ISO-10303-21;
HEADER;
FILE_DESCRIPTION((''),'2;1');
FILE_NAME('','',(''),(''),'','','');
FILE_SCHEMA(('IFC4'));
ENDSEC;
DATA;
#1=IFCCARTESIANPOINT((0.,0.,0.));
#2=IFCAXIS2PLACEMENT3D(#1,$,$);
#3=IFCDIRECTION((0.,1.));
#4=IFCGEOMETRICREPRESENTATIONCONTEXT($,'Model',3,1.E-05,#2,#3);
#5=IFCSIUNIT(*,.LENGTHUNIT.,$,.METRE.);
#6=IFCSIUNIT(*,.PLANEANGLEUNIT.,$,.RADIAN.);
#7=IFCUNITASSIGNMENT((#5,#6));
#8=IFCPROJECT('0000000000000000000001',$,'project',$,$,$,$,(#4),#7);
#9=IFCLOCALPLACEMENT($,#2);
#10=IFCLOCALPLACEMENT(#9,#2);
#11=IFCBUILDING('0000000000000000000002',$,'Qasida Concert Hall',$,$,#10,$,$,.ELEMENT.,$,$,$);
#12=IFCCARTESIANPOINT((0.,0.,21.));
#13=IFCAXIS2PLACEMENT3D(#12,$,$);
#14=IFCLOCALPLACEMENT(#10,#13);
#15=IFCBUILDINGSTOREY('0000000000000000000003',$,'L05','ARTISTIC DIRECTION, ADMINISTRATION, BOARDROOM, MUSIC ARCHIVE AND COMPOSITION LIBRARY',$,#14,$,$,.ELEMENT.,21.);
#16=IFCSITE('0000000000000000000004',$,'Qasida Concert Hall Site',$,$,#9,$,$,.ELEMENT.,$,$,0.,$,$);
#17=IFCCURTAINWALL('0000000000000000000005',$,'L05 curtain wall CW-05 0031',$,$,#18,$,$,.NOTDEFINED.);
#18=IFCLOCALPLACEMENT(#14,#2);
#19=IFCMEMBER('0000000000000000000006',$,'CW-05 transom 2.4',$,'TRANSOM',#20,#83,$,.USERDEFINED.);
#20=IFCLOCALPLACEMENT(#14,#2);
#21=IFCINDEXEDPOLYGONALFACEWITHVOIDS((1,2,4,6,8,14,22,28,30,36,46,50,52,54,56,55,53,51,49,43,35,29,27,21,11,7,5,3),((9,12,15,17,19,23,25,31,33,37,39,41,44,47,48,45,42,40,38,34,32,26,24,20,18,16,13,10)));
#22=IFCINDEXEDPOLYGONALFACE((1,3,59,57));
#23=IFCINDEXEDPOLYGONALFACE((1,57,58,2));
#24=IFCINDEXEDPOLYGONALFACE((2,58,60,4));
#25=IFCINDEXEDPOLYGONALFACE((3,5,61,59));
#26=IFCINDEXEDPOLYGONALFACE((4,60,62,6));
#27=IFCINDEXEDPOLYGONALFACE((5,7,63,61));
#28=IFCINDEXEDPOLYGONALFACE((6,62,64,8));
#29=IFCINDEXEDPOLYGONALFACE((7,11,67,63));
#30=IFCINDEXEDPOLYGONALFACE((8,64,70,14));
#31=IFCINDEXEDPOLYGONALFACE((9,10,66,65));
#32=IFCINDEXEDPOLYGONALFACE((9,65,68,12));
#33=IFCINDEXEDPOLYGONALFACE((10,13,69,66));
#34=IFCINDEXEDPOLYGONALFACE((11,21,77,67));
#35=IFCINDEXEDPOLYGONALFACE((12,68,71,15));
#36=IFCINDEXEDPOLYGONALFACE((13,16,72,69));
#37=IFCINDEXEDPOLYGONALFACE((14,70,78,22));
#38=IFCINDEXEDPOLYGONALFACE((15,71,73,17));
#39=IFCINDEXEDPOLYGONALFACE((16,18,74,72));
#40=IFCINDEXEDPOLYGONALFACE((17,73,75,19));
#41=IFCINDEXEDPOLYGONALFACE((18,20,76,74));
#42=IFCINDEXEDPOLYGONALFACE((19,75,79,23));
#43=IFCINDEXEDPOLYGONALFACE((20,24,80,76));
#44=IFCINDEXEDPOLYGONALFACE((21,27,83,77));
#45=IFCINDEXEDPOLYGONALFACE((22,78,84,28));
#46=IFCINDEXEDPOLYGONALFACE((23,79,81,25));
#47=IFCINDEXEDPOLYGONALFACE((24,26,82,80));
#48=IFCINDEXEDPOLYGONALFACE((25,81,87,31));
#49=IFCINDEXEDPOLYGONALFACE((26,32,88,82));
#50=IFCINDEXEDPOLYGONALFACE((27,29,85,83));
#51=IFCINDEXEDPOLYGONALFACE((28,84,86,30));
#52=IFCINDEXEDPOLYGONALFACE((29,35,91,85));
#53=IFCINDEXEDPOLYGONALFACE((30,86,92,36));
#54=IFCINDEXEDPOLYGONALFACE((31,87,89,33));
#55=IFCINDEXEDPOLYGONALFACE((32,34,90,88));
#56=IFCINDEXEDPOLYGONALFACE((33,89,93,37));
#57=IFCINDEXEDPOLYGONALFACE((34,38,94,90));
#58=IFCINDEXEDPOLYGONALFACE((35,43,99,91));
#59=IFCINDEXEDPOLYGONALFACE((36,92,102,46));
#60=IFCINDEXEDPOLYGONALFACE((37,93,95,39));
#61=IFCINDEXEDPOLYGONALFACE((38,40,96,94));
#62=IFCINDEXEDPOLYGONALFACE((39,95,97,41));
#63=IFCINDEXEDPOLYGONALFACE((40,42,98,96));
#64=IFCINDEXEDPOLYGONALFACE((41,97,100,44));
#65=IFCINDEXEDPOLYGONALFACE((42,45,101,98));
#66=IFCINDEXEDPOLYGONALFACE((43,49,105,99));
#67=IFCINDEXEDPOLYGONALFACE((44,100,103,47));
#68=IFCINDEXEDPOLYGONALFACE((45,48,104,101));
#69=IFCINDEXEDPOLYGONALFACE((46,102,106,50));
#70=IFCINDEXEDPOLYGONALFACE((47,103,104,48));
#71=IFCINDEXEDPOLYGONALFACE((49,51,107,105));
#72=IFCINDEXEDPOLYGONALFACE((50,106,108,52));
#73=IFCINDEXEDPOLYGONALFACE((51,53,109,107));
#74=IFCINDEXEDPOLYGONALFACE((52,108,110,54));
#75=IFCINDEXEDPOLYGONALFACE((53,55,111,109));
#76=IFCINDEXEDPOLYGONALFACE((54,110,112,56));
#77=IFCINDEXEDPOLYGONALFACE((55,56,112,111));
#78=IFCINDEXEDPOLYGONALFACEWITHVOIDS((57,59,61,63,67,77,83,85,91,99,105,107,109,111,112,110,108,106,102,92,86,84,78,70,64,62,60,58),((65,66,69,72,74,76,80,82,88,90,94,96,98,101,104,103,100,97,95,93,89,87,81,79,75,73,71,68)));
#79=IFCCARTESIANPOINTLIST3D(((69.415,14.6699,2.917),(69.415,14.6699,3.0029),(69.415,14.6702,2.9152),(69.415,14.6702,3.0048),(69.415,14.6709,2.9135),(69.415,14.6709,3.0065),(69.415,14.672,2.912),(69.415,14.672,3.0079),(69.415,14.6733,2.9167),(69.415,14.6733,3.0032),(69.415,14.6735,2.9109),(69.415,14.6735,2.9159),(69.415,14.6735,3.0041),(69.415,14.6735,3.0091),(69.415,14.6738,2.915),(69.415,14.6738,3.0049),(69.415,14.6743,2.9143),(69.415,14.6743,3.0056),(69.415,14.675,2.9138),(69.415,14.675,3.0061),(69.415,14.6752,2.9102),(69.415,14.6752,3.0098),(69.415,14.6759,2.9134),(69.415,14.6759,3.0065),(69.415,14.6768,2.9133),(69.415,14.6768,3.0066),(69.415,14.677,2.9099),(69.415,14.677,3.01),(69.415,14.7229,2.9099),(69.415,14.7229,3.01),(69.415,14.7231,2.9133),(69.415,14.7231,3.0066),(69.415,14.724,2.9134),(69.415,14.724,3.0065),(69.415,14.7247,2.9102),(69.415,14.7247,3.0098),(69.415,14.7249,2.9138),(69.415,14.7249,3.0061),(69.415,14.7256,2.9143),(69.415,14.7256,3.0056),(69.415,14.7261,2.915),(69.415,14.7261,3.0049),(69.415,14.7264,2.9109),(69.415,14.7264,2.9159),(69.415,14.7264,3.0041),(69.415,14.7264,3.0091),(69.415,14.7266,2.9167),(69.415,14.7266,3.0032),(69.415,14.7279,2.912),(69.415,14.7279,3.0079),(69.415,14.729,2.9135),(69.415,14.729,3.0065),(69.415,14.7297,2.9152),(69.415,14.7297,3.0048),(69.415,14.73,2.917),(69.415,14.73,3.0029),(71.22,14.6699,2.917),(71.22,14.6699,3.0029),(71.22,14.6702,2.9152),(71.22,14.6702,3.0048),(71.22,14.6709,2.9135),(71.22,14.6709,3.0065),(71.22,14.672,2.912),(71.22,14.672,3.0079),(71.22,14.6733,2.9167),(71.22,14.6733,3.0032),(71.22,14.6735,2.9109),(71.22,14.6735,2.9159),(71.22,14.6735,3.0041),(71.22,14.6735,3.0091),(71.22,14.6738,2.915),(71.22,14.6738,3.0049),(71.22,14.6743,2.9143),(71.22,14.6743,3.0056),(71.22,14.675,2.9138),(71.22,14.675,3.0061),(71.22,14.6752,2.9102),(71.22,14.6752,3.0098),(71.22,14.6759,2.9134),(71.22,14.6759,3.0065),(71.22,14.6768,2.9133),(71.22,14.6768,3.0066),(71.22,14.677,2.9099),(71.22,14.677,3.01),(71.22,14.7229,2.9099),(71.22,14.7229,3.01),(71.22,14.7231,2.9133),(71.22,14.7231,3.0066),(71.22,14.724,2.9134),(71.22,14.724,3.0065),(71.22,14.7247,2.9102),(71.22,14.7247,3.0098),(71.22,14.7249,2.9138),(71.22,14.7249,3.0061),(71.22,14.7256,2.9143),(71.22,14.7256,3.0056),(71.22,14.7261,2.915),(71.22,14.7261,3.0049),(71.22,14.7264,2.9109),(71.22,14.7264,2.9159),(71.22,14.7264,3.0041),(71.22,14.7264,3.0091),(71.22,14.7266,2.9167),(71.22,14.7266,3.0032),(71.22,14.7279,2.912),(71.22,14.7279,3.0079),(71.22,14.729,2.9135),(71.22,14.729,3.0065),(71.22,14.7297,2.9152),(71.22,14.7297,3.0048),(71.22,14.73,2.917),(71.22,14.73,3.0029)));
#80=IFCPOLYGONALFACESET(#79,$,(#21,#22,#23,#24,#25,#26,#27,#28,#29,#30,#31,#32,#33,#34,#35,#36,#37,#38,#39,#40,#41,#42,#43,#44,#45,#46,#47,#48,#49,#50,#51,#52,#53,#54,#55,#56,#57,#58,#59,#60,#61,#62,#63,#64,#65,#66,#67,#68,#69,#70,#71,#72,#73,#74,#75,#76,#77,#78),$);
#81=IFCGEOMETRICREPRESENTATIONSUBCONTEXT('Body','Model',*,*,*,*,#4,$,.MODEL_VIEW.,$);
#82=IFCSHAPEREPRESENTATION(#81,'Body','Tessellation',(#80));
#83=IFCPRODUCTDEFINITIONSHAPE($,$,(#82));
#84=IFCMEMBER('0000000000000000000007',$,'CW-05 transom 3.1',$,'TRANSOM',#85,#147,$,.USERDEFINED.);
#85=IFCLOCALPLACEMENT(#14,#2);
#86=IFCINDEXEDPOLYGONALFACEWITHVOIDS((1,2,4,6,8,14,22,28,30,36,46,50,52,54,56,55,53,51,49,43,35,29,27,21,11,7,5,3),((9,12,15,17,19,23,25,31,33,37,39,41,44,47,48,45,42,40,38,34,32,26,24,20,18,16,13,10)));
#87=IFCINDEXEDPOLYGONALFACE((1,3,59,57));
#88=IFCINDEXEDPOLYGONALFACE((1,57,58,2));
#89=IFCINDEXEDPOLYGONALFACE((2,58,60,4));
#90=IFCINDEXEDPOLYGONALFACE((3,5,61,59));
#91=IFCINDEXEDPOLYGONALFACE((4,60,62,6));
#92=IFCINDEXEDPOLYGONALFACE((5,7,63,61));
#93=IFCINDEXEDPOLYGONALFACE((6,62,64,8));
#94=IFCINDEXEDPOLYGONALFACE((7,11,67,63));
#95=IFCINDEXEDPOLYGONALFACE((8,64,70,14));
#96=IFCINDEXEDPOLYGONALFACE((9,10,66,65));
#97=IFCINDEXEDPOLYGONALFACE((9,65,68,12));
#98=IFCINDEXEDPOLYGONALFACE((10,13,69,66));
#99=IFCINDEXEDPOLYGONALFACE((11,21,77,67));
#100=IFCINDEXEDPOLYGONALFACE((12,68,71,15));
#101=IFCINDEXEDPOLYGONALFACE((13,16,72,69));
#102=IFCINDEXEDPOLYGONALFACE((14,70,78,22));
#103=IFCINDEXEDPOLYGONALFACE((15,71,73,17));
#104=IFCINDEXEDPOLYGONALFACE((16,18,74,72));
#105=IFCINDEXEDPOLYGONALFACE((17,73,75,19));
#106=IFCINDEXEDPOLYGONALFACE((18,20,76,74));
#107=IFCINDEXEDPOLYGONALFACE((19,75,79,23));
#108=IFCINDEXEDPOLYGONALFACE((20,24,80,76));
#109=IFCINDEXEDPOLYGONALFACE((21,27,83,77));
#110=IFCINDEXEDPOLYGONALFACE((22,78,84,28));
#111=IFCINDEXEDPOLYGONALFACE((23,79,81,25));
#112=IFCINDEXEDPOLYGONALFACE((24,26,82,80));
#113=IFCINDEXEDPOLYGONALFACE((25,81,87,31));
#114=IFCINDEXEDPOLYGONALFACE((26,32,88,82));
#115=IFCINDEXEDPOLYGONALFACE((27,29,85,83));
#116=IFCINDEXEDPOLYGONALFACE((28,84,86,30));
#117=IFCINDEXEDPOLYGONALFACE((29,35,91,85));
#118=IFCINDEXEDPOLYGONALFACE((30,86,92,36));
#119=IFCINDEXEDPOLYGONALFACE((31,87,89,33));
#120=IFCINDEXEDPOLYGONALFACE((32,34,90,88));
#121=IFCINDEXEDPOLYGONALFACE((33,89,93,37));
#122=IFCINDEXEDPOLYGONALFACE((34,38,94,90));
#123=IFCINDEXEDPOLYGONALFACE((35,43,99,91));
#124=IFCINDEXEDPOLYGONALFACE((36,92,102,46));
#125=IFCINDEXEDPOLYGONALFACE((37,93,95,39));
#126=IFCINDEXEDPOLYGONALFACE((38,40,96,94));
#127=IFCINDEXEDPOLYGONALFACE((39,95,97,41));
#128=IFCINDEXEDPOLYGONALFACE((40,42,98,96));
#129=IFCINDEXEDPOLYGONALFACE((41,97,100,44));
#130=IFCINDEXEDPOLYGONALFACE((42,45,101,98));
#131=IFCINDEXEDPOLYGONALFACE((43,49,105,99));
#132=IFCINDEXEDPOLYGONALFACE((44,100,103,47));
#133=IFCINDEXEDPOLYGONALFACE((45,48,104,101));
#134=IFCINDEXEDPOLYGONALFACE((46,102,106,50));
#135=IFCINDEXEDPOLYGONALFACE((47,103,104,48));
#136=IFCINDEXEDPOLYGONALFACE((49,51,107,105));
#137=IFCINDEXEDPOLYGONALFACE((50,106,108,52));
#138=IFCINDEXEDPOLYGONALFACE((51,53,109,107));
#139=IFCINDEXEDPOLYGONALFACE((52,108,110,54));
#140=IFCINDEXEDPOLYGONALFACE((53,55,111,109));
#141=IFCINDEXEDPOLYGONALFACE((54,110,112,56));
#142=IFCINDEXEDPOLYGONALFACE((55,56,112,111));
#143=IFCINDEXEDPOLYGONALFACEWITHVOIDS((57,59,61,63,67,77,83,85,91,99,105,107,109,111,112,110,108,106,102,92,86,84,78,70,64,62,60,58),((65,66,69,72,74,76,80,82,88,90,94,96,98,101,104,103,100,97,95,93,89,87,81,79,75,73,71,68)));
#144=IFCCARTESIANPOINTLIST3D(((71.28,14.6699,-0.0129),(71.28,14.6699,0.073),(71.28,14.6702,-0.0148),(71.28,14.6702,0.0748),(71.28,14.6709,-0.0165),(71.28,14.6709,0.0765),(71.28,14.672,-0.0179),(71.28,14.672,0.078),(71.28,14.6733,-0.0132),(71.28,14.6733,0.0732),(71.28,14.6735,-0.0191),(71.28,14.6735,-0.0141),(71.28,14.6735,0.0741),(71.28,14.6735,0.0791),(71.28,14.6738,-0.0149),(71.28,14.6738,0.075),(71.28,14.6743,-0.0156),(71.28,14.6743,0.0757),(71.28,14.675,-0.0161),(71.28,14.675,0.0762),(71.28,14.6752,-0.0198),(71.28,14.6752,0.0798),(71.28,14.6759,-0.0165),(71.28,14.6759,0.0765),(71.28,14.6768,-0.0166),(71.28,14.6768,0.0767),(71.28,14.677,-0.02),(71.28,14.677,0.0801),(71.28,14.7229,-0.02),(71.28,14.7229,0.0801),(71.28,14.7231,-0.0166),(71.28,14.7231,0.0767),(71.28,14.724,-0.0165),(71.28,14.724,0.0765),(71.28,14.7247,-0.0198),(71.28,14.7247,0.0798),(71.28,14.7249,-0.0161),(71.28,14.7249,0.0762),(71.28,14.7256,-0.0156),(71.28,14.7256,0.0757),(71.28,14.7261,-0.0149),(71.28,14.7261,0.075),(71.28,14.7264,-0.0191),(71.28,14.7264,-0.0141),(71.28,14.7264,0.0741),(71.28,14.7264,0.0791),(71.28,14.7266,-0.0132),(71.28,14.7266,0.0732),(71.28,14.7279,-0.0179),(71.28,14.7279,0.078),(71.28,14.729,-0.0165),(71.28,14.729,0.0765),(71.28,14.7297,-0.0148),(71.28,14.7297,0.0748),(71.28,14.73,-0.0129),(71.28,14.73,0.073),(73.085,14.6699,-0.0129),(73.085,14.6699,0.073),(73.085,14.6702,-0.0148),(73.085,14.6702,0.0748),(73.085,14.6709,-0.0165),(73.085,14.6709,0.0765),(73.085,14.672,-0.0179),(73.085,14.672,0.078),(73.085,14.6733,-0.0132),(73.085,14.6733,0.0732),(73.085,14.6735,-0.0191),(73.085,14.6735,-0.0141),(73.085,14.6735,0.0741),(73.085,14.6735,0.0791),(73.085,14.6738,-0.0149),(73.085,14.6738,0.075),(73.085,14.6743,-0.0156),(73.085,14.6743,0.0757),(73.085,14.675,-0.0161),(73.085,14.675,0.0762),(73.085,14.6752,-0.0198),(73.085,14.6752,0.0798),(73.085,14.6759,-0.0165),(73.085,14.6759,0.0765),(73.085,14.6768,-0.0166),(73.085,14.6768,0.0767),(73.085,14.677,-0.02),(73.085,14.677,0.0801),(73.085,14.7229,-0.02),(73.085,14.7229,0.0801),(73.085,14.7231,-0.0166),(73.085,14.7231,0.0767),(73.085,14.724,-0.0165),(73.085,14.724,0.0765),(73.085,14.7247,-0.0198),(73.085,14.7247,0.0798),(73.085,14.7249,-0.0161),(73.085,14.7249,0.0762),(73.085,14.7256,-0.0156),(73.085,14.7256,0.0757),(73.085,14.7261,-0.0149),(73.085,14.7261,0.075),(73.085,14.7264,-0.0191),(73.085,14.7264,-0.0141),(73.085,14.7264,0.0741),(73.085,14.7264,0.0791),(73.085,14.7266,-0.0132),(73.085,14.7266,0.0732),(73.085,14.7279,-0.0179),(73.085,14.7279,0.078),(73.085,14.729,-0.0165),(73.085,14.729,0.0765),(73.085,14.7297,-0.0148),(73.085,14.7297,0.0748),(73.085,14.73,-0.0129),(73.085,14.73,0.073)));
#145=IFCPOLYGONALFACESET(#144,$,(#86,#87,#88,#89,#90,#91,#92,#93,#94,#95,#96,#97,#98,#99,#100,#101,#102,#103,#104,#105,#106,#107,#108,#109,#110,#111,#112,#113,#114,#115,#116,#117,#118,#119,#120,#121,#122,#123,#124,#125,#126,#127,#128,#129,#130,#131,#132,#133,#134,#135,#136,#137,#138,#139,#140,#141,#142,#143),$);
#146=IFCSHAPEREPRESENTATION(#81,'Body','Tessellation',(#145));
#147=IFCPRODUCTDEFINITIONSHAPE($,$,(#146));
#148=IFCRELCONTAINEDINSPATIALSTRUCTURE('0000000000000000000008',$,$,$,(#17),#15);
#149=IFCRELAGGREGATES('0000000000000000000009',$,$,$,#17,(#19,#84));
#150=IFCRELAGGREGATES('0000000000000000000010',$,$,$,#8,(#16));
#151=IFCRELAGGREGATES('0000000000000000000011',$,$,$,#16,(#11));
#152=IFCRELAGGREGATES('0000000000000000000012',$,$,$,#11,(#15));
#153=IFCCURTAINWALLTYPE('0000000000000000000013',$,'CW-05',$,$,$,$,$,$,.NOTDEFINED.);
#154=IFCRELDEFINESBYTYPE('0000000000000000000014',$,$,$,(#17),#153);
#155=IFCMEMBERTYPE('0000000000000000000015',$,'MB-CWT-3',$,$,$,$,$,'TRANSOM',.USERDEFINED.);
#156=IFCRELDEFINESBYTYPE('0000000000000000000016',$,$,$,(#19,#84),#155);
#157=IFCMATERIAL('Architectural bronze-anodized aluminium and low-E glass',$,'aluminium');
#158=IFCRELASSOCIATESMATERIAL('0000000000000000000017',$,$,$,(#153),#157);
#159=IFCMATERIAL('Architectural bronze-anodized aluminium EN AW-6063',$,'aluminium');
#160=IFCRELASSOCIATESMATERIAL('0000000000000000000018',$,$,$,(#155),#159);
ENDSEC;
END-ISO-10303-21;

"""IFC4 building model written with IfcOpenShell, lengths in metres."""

from ifc_helpers import new_model, si_unit, direction, frame, origin, origin_2d, place, context, subcontext, project, spatial, hollow_rectangle, extrude, material, material_profile, profile_set, type_object, element, aggregate, save


model = new_model("IFC4")

# Units and contexts
model_context = context("Model", 3, precision=1e-05, world=origin(), true_north=direction((0.0, 1.0)))
body_context = subcontext(model_context, "Body", "Model", "MODEL_VIEW")
ifc_project = project(units=[si_unit("LENGTHUNIT", "METRE"), si_unit("PLANEANGLEUNIT", "RADIAN")], contexts=[model_context])

# Site, building, storey
site_placement = place(None, origin())
site = spatial("IfcSite", under=ifc_project, at=site_placement, Name="Qasida Concert Hall Site", CompositionType="ELEMENT", RefElevation=0.0)
building_placement = place(site_placement, origin())
building = spatial("IfcBuilding", under=site, at=building_placement, Name="Qasida Concert Hall", CompositionType="ELEMENT")
storey_placement = place(building_placement, frame((0.0, 0.0, 21.0)))
storey = spatial("IfcBuildingStorey", under=building, at=storey_placement, Name="L05", Description="ARTISTIC DIRECTION, ADMINISTRATION, BOARDROOM, MUSIC ARCHIVE AND COMPOSITION LIBRARY", CompositionType="ELEMENT", Elevation=21.0)

# Curtain wall, members
ifc_material_1 = material(Name="Architectural bronze-anodized aluminium and low-E glass", Category="aluminium")
curtain_wall_type = type_object("IfcCurtainWallType", Name="CW-05", PredefinedType="NOTDEFINED", material=ifc_material_1)
curtain_wall_placement = place(storey_placement, origin())
curtain_wall = element("IfcCurtainWall", 1, at=curtain_wall_placement, inside=storey, type_object=curtain_wall_type, Name="L05 curtain wall CW-05 0031", PredefinedType="NOTDEFINED")
ifc_material_2 = material(Name="Architectural bronze-anodized aluminium EN AW-6063", Category="aluminium")
ifc_material_profile_1 = material_profile(ifc_material_2, hollow_rectangle(XDim=0.0601, YDim=0.1001, WallThickness=0.0034, InnerFilletRadius=0.0034, OuterFilletRadius=0.0071, at=origin_2d()), Name="CWT 100x60x3.5")
ifc_profile_set_1 = profile_set([ifc_material_profile_1], Name="Architectural bronze-anodized aluminium EN AW-6063")
member_type_1 = type_object("IfcMemberType", Name="MB-CWT-3", ElementType="TRANSOM", PredefinedType="USERDEFINED", material=ifc_profile_set_1)
member_1_placement = place(storey_placement, frame((69.415, 14.7, 2.96), z_axis=(1.0, 0.0, 0.0), x_axis=(0.0, 1.0, 0.0)))
member_1 = element("IfcMember", 2, at=member_1_placement, type_object=member_type_1, Name="CW-05 transom 2.4", ObjectType="TRANSOM", PredefinedType="USERDEFINED", context=body_context, shape_type="SweptSolid", body=[
    extrude(hollow_rectangle(XDim=0.0601, YDim=0.1001, WallThickness=0.0034, InnerFilletRadius=0.0034, OuterFilletRadius=0.0071, at=origin_2d()), origin(), (0.0, 0.0, 1.0), 1.8049),
])
member_2_placement = place(storey_placement, frame((71.28, 14.7, 0.03), z_axis=(1.0, 0.0, 0.0), x_axis=(0.0, 1.0, 0.0)))
member_2 = element("IfcMember", 3, at=member_2_placement, type_object=member_type_1, Name="CW-05 transom 3.1", ObjectType="TRANSOM", PredefinedType="USERDEFINED", context=body_context, shape_type="SweptSolid", body=[
    extrude(hollow_rectangle(XDim=0.0601, YDim=0.1001, WallThickness=0.0034, InnerFilletRadius=0.0034, OuterFilletRadius=0.0071, at=origin_2d()), origin(), (0.0, 0.0, 1.0), 1.8049),
])
aggregate(curtain_wall, [member_1, member_2])

save(model, "model.ifc")
